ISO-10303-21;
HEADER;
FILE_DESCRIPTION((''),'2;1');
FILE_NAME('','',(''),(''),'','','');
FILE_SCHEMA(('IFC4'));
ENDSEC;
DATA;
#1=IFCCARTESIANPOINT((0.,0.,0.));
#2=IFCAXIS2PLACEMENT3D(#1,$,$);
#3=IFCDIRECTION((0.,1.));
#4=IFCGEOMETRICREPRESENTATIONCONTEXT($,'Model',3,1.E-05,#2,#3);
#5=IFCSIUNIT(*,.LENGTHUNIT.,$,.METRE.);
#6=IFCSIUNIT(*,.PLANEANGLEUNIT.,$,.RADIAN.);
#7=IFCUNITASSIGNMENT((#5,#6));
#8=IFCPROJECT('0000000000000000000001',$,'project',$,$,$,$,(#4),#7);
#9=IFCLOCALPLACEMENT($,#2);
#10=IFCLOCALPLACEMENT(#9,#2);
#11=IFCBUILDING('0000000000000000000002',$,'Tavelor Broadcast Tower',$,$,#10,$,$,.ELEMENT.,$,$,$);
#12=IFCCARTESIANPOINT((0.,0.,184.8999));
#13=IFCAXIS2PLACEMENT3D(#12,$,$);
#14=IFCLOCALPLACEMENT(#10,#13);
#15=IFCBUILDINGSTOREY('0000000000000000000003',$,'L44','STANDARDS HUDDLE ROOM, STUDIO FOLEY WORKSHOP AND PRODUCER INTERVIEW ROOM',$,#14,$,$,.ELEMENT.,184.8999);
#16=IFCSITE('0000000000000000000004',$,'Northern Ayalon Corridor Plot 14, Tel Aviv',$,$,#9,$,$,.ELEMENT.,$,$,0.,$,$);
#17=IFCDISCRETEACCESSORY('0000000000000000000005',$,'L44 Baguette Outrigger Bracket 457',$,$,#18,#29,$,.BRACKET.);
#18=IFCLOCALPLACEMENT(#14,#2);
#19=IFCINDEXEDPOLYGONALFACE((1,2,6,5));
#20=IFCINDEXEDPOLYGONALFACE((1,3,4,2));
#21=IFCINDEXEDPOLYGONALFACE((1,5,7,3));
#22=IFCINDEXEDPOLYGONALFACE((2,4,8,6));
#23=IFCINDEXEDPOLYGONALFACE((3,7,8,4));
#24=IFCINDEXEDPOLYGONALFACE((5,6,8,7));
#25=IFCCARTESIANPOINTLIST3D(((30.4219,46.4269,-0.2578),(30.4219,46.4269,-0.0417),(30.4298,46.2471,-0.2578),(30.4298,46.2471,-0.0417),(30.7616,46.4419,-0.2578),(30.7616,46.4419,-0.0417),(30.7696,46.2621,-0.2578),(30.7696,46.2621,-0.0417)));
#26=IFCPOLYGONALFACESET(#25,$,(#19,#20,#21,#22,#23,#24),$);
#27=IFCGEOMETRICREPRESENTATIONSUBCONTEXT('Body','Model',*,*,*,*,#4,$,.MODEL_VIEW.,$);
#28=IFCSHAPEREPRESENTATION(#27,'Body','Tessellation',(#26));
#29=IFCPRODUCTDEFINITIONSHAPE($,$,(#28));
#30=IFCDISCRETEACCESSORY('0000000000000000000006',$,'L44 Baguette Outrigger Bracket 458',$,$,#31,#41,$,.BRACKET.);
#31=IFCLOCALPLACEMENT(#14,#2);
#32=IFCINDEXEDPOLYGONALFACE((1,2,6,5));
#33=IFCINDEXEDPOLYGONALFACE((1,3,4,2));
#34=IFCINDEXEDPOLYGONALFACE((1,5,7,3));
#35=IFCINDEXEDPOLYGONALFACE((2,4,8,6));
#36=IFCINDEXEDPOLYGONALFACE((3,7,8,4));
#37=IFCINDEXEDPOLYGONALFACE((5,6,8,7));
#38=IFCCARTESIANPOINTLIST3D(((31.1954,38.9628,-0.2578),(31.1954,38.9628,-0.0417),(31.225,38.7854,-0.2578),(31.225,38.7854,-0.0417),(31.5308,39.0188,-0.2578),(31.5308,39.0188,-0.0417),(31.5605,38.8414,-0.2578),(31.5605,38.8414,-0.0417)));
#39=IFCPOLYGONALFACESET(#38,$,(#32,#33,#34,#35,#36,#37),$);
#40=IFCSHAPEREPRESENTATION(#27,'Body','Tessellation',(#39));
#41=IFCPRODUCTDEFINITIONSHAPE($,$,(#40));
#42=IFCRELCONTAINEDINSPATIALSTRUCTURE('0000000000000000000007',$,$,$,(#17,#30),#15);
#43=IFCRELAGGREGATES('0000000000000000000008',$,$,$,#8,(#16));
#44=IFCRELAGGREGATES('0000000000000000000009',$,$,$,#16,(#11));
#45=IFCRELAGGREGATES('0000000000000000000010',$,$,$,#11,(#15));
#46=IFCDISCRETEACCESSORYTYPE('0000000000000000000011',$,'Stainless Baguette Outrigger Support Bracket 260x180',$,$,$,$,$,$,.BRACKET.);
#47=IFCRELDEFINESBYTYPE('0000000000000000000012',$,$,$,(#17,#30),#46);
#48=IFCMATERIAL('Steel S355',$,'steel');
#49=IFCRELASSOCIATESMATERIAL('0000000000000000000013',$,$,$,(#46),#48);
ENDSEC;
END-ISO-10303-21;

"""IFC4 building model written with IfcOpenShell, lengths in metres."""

from ifc_helpers import new_model, si_unit, direction, frame, origin, origin_2d, place, context, subcontext, project, spatial, rectangle, extrude, source, transform, mapped, material, type_object, type_shapes, element, save


model = new_model("IFC4")

# Units and contexts
model_context = context("Model", 3, precision=1e-05, world=origin(), true_north=direction((0.0, 1.0)))
body_context = subcontext(model_context, "Body", "Model", "MODEL_VIEW")
ifc_project = project(units=[si_unit("LENGTHUNIT", "METRE"), si_unit("PLANEANGLEUNIT", "RADIAN")], contexts=[model_context])

# Site, building, storey
site_placement = place(None, origin())
site = spatial("IfcSite", under=ifc_project, at=site_placement, Name="Northern Ayalon Corridor Plot 14, Tel Aviv", CompositionType="ELEMENT", RefElevation=0.0)
building_placement = place(site_placement, origin())
building = spatial("IfcBuilding", under=site, at=building_placement, Name="Tavelor Broadcast Tower", CompositionType="ELEMENT")
storey_placement = place(building_placement, frame((0.0, 0.0, 184.8999)))
storey = spatial("IfcBuildingStorey", under=building, at=storey_placement, Name="L44", Description="STANDARDS HUDDLE ROOM, STUDIO FOLEY WORKSHOP AND PRODUCER INTERVIEW ROOM", CompositionType="ELEMENT", Elevation=184.8999)

# Shared definitions
ifc_material_1 = material(Name="Steel S355", Category="steel")

# Discrete accessories
discrete_accessory_type = type_object("IfcDiscreteAccessoryType", Name="Stainless Baguette Outrigger Support Bracket 260x180", PredefinedType="BRACKET", material=ifc_material_1)
shared_shape_1 = source(origin(), body_context, "Body", "SweptSolid", [
    extrude(rectangle(XDim=0.1799, YDim=0.3401, at=origin_2d()), origin(), (0.0, 0.0, 1.0), 0.2161),
])
type_shapes(discrete_accessory_type, [shared_shape_1])
for number, where, z_axis, x_axis, name in (
    (1, (30.5957, 46.3445, -0.2578), (0.0, 0.0, 1.0), (0.044142, -0.999025, 0.0), "L44 Baguette Outrigger Bracket 457"),
    (2, (31.3779, 38.9021, -0.2578), (0.0, 0.0, 1.0), (0.164703, -0.986343, 0.0), "L44 Baguette Outrigger Bracket 458"),
):
    element("IfcDiscreteAccessory", number, at=place(storey_placement, frame(where, z_axis=z_axis, x_axis=x_axis)), inside=storey, type_object=discrete_accessory_type, Name=name, PredefinedType="BRACKET", context=body_context, shape_type="MappedRepresentation", body=[
        mapped(shared_shape_1, transform((0.0, 0.0, 0.0), scale=1.0)),
    ])

save(model, "model.ifc")
